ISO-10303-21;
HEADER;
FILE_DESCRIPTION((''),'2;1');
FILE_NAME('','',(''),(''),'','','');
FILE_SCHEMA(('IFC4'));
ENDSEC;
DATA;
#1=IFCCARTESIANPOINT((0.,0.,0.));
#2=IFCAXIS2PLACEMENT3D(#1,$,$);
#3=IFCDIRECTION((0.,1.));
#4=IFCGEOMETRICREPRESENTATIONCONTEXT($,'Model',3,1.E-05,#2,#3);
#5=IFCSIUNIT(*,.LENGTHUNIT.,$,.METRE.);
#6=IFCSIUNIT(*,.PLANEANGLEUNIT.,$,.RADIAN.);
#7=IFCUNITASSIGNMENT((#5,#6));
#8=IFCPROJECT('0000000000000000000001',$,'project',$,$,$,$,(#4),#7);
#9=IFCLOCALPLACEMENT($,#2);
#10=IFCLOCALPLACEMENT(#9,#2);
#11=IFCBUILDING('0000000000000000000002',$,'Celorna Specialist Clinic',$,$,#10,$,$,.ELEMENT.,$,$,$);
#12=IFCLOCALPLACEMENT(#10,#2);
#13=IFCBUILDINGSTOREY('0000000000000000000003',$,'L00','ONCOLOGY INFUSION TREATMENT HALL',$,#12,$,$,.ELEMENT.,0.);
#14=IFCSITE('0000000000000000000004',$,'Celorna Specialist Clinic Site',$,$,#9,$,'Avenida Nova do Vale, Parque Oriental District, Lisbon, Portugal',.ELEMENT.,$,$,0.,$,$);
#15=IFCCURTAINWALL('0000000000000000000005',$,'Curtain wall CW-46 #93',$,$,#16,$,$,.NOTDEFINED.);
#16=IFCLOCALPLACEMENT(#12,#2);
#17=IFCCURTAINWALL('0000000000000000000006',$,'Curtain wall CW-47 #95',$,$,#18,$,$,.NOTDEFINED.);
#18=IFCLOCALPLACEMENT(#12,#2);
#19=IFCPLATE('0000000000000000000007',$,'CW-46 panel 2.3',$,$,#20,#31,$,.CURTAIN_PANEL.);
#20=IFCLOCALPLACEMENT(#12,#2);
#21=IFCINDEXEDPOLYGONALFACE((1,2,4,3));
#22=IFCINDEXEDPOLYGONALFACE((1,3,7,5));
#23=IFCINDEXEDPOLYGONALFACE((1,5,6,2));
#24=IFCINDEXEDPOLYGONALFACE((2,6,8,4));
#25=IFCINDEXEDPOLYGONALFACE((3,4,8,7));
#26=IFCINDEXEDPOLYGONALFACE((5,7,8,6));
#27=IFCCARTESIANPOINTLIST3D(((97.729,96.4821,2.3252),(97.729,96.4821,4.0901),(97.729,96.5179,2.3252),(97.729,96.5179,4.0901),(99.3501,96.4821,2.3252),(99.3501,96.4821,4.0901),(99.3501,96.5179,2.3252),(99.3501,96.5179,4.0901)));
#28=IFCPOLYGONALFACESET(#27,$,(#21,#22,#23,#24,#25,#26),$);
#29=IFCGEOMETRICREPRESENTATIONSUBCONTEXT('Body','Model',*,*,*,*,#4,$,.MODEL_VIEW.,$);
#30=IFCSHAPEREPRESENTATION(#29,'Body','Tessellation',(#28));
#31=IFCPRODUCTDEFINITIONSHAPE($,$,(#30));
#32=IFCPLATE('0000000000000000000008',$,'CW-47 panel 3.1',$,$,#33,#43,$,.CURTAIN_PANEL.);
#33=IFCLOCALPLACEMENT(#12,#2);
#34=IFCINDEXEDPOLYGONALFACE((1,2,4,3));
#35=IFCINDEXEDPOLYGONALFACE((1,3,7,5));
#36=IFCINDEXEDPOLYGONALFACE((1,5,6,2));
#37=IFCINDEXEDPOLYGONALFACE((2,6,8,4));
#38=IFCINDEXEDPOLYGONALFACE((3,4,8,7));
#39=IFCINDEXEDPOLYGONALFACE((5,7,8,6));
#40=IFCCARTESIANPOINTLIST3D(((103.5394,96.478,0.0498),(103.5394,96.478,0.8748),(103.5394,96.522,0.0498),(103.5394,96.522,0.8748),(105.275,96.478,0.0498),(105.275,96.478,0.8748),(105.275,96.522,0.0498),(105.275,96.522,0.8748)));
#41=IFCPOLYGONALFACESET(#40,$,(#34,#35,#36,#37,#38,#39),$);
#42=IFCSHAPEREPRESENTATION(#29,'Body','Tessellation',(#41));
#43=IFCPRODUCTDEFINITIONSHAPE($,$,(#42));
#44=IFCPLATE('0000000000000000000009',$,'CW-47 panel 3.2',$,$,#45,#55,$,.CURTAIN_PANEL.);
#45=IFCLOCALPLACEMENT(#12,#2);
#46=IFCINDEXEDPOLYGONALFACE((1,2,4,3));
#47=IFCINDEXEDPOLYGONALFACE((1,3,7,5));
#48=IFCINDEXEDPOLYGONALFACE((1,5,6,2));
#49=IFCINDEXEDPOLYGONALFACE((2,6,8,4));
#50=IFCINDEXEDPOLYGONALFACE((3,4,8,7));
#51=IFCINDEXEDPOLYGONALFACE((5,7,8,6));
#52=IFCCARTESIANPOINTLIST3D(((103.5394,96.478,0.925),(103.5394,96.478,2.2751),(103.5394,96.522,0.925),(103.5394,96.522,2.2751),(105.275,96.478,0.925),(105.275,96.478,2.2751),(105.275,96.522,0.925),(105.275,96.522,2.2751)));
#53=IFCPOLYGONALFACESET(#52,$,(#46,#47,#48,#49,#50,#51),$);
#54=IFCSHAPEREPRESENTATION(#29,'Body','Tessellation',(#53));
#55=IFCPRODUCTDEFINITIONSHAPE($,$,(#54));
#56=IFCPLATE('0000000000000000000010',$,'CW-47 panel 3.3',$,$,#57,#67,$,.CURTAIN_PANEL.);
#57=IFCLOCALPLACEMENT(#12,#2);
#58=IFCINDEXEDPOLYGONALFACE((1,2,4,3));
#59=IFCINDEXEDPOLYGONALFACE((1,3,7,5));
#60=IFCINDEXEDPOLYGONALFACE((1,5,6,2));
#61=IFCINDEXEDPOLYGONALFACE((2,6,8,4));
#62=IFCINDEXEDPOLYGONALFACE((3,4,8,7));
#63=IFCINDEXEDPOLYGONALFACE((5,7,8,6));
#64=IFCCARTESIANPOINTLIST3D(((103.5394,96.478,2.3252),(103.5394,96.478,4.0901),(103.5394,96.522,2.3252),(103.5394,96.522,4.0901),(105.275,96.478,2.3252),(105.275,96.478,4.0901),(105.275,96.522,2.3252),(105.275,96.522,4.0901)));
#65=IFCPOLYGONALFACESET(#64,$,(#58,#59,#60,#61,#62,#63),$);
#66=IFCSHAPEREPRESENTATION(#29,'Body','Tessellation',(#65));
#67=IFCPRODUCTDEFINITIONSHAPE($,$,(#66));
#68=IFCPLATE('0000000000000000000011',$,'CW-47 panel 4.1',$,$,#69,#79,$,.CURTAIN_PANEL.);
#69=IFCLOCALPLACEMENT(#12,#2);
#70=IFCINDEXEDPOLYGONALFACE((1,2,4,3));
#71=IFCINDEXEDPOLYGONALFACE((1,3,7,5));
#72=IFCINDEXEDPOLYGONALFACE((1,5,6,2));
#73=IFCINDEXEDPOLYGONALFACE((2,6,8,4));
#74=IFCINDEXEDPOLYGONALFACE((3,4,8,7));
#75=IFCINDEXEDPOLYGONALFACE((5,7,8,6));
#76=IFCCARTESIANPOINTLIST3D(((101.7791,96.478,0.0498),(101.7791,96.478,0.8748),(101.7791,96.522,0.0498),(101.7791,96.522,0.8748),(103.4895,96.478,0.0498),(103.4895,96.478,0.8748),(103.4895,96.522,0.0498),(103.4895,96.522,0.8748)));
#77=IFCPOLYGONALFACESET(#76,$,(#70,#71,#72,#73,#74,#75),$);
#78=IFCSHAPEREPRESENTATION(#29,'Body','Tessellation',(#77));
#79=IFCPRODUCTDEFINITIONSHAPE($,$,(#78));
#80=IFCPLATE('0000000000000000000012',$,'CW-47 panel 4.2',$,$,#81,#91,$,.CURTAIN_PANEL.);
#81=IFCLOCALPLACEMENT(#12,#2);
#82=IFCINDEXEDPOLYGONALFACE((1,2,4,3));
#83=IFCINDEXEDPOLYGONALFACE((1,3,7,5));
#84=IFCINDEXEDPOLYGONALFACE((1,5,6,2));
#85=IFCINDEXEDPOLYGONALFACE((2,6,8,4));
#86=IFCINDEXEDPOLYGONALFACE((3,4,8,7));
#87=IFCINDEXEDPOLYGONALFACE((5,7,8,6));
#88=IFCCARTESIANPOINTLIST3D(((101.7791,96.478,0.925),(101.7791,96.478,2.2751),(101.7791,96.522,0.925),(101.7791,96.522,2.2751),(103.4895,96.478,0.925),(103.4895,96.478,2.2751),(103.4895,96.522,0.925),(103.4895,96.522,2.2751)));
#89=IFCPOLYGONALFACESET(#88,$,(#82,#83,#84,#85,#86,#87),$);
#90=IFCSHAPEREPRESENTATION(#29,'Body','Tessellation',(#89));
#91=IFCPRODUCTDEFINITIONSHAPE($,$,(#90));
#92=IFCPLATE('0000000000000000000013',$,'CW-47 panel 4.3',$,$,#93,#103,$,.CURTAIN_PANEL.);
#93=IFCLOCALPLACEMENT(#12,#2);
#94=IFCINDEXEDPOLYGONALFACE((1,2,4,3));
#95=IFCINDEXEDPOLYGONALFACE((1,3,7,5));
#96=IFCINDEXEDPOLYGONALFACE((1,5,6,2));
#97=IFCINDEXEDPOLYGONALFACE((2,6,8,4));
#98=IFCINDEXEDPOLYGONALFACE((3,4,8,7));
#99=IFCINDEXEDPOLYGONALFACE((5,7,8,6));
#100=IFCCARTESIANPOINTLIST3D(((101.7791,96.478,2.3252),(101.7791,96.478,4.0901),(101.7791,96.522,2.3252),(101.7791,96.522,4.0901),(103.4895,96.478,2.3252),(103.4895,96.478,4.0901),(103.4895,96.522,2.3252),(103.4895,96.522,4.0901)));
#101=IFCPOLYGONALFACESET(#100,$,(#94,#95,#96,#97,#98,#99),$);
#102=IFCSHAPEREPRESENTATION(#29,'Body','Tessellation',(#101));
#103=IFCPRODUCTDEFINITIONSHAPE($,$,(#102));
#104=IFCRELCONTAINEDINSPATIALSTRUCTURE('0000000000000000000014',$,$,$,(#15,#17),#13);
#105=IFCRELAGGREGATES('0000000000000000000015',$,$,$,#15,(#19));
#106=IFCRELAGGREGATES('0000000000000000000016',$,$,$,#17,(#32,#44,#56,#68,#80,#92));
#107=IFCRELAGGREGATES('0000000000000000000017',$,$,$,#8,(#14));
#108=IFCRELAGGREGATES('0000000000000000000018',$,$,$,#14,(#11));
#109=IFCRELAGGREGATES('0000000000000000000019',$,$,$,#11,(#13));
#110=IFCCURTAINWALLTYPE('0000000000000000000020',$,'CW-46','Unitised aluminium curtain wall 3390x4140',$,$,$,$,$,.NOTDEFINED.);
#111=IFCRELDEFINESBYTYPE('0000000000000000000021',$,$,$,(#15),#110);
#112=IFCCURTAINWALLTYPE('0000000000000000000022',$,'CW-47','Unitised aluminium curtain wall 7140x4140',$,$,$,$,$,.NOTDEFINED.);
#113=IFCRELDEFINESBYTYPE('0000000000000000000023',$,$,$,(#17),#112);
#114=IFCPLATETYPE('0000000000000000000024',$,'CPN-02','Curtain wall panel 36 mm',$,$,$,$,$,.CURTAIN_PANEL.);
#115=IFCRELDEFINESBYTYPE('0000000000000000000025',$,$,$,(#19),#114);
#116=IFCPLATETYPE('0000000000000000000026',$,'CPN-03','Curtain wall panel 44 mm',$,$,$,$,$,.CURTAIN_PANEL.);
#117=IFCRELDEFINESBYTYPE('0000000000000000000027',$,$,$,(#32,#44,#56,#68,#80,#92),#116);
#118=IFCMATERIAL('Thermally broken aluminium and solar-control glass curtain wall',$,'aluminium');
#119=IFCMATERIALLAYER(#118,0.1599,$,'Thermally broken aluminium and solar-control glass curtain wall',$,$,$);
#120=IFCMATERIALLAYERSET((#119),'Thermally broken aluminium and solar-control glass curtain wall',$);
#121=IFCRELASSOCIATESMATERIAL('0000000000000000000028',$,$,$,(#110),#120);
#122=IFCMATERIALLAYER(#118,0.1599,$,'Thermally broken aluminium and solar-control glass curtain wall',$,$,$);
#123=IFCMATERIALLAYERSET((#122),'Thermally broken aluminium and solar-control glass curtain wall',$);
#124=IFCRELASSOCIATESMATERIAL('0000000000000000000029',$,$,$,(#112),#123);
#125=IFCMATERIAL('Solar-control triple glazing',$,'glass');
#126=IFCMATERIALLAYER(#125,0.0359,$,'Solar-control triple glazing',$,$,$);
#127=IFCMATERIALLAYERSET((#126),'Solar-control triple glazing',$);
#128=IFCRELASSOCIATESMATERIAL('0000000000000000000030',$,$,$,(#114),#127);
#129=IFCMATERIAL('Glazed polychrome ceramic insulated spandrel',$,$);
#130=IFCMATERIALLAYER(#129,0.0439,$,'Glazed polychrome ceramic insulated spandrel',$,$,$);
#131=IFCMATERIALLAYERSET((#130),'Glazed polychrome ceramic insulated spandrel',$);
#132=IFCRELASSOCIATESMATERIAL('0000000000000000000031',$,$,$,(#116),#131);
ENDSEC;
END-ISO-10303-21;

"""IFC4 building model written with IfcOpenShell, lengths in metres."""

from ifc_helpers import new_model, si_unit, direction, frame, origin, origin_2d, place, context, subcontext, project, spatial, rectangle, extrude, material, layer, layer_set, type_object, element, aggregate, save


model = new_model("IFC4")

# Units and contexts
model_context = context("Model", 3, precision=1e-05, world=origin(), true_north=direction((0.0, 1.0)))
body_context = subcontext(model_context, "Body", "Model", "MODEL_VIEW")
ifc_project = project(units=[si_unit("LENGTHUNIT", "METRE"), si_unit("PLANEANGLEUNIT", "RADIAN")], contexts=[model_context])

# Site, building, storey
site_placement = place(None, origin())
site = spatial("IfcSite", under=ifc_project, at=site_placement, Name="Celorna Specialist Clinic Site", LongName="Avenida Nova do Vale, Parque Oriental District, Lisbon, Portugal", CompositionType="ELEMENT", RefElevation=0.0)
building_placement = place(site_placement, origin())
building = spatial("IfcBuilding", under=site, at=building_placement, Name="Celorna Specialist Clinic", CompositionType="ELEMENT")
storey_placement = place(building_placement, origin())
storey = spatial("IfcBuildingStorey", under=building, at=storey_placement, Name="L00", Description="ONCOLOGY INFUSION TREATMENT HALL", CompositionType="ELEMENT", Elevation=0.0)

# Curtain walls
ifc_material_1 = material(Name="Thermally broken aluminium and solar-control glass curtain wall", Category="aluminium")
ifc_layer_1 = layer(ifc_material_1, 0.1599, Name="Thermally broken aluminium and solar-control glass curtain wall")
ifc_layer_set_1 = layer_set([ifc_layer_1], Name="Thermally broken aluminium and solar-control glass curtain wall")
curtain_wall_type_1 = type_object("IfcCurtainWallType", Name="CW-46", Description="Unitised aluminium curtain wall 3390x4140", PredefinedType="NOTDEFINED", material=ifc_layer_set_1)
curtain_wall_1_placement = place(storey_placement, origin())
curtain_wall_1 = element("IfcCurtainWall", 1, at=curtain_wall_1_placement, inside=storey, type_object=curtain_wall_type_1, Name="Curtain wall CW-46 #93", PredefinedType="NOTDEFINED")
ifc_layer_2 = layer(ifc_material_1, 0.1599, Name="Thermally broken aluminium and solar-control glass curtain wall")
ifc_layer_set_2 = layer_set([ifc_layer_2], Name="Thermally broken aluminium and solar-control glass curtain wall")
curtain_wall_type_2 = type_object("IfcCurtainWallType", Name="CW-47", Description="Unitised aluminium curtain wall 7140x4140", PredefinedType="NOTDEFINED", material=ifc_layer_set_2)
curtain_wall_2_placement = place(storey_placement, origin())
curtain_wall_2 = element("IfcCurtainWall", 2, at=curtain_wall_2_placement, inside=storey, type_object=curtain_wall_type_2, Name="Curtain wall CW-47 #95", PredefinedType="NOTDEFINED")

# Plates
ifc_material_2 = material(Name="Solar-control triple glazing", Category="glass")
ifc_layer_3 = layer(ifc_material_2, 0.0359, Name="Solar-control triple glazing")
ifc_layer_set_3 = layer_set([ifc_layer_3], Name="Solar-control triple glazing")
plate_type_1 = type_object("IfcPlateType", Name="CPN-02", Description="Curtain wall panel 36 mm", PredefinedType="CURTAIN_PANEL", material=ifc_layer_set_3)
plate_1_placement = place(storey_placement, frame((98.5396, 96.5, 2.3252), z_axis=(0.0, 0.0, 1.0), x_axis=(-1.0, 0.0, 0.0)))
plate_1 = element("IfcPlate", 3, at=plate_1_placement, type_object=plate_type_1, Name="CW-46 panel 2.3", PredefinedType="CURTAIN_PANEL", context=body_context, shape_type="SweptSolid", body=[
    extrude(rectangle(XDim=1.6211, YDim=0.0359, at=origin_2d()), origin(), (0.0, 0.0, 1.0), 1.7649),
])
aggregate(curtain_wall_1, [plate_1])
ifc_material_3 = material(Name="Glazed polychrome ceramic insulated spandrel")
ifc_layer_4 = layer(ifc_material_3, 0.0439, Name="Glazed polychrome ceramic insulated spandrel")
ifc_layer_set_4 = layer_set([ifc_layer_4], Name="Glazed polychrome ceramic insulated spandrel")
plate_type_2 = type_object("IfcPlateType", Name="CPN-03", Description="Curtain wall panel 44 mm", PredefinedType="CURTAIN_PANEL", material=ifc_layer_set_4)
plate_2_placement = place(storey_placement, frame((104.4072, 96.5, 0.0498), z_axis=(0.0, 0.0, 1.0), x_axis=(-1.0, 0.0, 0.0)))
plate_2 = element("IfcPlate", 4, at=plate_2_placement, type_object=plate_type_2, Name="CW-47 panel 3.1", PredefinedType="CURTAIN_PANEL", context=body_context, shape_type="SweptSolid", body=[
    extrude(rectangle(XDim=1.7356, YDim=0.0439, at=origin_2d()), origin(), (0.0, 0.0, 1.0), 0.825),
])
plate_3_placement = place(storey_placement, frame((104.4072, 96.5, 0.925), z_axis=(0.0, 0.0, 1.0), x_axis=(-1.0, 0.0, 0.0)))
plate_3 = element("IfcPlate", 5, at=plate_3_placement, type_object=plate_type_2, Name="CW-47 panel 3.2", PredefinedType="CURTAIN_PANEL", context=body_context, shape_type="SweptSolid", body=[
    extrude(rectangle(XDim=1.7356, YDim=0.0439, at=origin_2d()), origin(), (0.0, 0.0, 1.0), 1.3501),
])
plate_4_placement = place(storey_placement, frame((104.4072, 96.5, 2.3252), z_axis=(0.0, 0.0, 1.0), x_axis=(-1.0, 0.0, 0.0)))
plate_4 = element("IfcPlate", 6, at=plate_4_placement, type_object=plate_type_2, Name="CW-47 panel 3.3", PredefinedType="CURTAIN_PANEL", context=body_context, shape_type="SweptSolid", body=[
    extrude(rectangle(XDim=1.7356, YDim=0.0439, at=origin_2d()), origin(), (0.0, 0.0, 1.0), 1.7649),
])
plate_5_placement = place(storey_placement, frame((102.6343, 96.5, 0.0498), z_axis=(0.0, 0.0, 1.0), x_axis=(-1.0, 0.0, 0.0)))
plate_5 = element("IfcPlate", 7, at=plate_5_placement, type_object=plate_type_2, Name="CW-47 panel 4.1", PredefinedType="CURTAIN_PANEL", context=body_context, shape_type="SweptSolid", body=[
    extrude(rectangle(XDim=1.7104, YDim=0.0439, at=origin_2d()), origin(), (0.0, 0.0, 1.0), 0.825),
])
plate_6_placement = place(storey_placement, frame((102.6343, 96.5, 0.925), z_axis=(0.0, 0.0, 1.0), x_axis=(-1.0, 0.0, 0.0)))
plate_6 = element("IfcPlate", 8, at=plate_6_placement, type_object=plate_type_2, Name="CW-47 panel 4.2", PredefinedType="CURTAIN_PANEL", context=body_context, shape_type="SweptSolid", body=[
    extrude(rectangle(XDim=1.7104, YDim=0.0439, at=origin_2d()), origin(), (0.0, 0.0, 1.0), 1.3501),
])
plate_7_placement = place(storey_placement, frame((102.6343, 96.5, 2.3252), z_axis=(0.0, 0.0, 1.0), x_axis=(-1.0, 0.0, 0.0)))
plate_7 = element("IfcPlate", 9, at=plate_7_placement, type_object=plate_type_2, Name="CW-47 panel 4.3", PredefinedType="CURTAIN_PANEL", context=body_context, shape_type="SweptSolid", body=[
    extrude(rectangle(XDim=1.7104, YDim=0.0439, at=origin_2d()), origin(), (0.0, 0.0, 1.0), 1.7649),
])
aggregate(curtain_wall_2, [plate_2, plate_3, plate_4, plate_5, plate_6, plate_7])

save(model, "model.ifc")
